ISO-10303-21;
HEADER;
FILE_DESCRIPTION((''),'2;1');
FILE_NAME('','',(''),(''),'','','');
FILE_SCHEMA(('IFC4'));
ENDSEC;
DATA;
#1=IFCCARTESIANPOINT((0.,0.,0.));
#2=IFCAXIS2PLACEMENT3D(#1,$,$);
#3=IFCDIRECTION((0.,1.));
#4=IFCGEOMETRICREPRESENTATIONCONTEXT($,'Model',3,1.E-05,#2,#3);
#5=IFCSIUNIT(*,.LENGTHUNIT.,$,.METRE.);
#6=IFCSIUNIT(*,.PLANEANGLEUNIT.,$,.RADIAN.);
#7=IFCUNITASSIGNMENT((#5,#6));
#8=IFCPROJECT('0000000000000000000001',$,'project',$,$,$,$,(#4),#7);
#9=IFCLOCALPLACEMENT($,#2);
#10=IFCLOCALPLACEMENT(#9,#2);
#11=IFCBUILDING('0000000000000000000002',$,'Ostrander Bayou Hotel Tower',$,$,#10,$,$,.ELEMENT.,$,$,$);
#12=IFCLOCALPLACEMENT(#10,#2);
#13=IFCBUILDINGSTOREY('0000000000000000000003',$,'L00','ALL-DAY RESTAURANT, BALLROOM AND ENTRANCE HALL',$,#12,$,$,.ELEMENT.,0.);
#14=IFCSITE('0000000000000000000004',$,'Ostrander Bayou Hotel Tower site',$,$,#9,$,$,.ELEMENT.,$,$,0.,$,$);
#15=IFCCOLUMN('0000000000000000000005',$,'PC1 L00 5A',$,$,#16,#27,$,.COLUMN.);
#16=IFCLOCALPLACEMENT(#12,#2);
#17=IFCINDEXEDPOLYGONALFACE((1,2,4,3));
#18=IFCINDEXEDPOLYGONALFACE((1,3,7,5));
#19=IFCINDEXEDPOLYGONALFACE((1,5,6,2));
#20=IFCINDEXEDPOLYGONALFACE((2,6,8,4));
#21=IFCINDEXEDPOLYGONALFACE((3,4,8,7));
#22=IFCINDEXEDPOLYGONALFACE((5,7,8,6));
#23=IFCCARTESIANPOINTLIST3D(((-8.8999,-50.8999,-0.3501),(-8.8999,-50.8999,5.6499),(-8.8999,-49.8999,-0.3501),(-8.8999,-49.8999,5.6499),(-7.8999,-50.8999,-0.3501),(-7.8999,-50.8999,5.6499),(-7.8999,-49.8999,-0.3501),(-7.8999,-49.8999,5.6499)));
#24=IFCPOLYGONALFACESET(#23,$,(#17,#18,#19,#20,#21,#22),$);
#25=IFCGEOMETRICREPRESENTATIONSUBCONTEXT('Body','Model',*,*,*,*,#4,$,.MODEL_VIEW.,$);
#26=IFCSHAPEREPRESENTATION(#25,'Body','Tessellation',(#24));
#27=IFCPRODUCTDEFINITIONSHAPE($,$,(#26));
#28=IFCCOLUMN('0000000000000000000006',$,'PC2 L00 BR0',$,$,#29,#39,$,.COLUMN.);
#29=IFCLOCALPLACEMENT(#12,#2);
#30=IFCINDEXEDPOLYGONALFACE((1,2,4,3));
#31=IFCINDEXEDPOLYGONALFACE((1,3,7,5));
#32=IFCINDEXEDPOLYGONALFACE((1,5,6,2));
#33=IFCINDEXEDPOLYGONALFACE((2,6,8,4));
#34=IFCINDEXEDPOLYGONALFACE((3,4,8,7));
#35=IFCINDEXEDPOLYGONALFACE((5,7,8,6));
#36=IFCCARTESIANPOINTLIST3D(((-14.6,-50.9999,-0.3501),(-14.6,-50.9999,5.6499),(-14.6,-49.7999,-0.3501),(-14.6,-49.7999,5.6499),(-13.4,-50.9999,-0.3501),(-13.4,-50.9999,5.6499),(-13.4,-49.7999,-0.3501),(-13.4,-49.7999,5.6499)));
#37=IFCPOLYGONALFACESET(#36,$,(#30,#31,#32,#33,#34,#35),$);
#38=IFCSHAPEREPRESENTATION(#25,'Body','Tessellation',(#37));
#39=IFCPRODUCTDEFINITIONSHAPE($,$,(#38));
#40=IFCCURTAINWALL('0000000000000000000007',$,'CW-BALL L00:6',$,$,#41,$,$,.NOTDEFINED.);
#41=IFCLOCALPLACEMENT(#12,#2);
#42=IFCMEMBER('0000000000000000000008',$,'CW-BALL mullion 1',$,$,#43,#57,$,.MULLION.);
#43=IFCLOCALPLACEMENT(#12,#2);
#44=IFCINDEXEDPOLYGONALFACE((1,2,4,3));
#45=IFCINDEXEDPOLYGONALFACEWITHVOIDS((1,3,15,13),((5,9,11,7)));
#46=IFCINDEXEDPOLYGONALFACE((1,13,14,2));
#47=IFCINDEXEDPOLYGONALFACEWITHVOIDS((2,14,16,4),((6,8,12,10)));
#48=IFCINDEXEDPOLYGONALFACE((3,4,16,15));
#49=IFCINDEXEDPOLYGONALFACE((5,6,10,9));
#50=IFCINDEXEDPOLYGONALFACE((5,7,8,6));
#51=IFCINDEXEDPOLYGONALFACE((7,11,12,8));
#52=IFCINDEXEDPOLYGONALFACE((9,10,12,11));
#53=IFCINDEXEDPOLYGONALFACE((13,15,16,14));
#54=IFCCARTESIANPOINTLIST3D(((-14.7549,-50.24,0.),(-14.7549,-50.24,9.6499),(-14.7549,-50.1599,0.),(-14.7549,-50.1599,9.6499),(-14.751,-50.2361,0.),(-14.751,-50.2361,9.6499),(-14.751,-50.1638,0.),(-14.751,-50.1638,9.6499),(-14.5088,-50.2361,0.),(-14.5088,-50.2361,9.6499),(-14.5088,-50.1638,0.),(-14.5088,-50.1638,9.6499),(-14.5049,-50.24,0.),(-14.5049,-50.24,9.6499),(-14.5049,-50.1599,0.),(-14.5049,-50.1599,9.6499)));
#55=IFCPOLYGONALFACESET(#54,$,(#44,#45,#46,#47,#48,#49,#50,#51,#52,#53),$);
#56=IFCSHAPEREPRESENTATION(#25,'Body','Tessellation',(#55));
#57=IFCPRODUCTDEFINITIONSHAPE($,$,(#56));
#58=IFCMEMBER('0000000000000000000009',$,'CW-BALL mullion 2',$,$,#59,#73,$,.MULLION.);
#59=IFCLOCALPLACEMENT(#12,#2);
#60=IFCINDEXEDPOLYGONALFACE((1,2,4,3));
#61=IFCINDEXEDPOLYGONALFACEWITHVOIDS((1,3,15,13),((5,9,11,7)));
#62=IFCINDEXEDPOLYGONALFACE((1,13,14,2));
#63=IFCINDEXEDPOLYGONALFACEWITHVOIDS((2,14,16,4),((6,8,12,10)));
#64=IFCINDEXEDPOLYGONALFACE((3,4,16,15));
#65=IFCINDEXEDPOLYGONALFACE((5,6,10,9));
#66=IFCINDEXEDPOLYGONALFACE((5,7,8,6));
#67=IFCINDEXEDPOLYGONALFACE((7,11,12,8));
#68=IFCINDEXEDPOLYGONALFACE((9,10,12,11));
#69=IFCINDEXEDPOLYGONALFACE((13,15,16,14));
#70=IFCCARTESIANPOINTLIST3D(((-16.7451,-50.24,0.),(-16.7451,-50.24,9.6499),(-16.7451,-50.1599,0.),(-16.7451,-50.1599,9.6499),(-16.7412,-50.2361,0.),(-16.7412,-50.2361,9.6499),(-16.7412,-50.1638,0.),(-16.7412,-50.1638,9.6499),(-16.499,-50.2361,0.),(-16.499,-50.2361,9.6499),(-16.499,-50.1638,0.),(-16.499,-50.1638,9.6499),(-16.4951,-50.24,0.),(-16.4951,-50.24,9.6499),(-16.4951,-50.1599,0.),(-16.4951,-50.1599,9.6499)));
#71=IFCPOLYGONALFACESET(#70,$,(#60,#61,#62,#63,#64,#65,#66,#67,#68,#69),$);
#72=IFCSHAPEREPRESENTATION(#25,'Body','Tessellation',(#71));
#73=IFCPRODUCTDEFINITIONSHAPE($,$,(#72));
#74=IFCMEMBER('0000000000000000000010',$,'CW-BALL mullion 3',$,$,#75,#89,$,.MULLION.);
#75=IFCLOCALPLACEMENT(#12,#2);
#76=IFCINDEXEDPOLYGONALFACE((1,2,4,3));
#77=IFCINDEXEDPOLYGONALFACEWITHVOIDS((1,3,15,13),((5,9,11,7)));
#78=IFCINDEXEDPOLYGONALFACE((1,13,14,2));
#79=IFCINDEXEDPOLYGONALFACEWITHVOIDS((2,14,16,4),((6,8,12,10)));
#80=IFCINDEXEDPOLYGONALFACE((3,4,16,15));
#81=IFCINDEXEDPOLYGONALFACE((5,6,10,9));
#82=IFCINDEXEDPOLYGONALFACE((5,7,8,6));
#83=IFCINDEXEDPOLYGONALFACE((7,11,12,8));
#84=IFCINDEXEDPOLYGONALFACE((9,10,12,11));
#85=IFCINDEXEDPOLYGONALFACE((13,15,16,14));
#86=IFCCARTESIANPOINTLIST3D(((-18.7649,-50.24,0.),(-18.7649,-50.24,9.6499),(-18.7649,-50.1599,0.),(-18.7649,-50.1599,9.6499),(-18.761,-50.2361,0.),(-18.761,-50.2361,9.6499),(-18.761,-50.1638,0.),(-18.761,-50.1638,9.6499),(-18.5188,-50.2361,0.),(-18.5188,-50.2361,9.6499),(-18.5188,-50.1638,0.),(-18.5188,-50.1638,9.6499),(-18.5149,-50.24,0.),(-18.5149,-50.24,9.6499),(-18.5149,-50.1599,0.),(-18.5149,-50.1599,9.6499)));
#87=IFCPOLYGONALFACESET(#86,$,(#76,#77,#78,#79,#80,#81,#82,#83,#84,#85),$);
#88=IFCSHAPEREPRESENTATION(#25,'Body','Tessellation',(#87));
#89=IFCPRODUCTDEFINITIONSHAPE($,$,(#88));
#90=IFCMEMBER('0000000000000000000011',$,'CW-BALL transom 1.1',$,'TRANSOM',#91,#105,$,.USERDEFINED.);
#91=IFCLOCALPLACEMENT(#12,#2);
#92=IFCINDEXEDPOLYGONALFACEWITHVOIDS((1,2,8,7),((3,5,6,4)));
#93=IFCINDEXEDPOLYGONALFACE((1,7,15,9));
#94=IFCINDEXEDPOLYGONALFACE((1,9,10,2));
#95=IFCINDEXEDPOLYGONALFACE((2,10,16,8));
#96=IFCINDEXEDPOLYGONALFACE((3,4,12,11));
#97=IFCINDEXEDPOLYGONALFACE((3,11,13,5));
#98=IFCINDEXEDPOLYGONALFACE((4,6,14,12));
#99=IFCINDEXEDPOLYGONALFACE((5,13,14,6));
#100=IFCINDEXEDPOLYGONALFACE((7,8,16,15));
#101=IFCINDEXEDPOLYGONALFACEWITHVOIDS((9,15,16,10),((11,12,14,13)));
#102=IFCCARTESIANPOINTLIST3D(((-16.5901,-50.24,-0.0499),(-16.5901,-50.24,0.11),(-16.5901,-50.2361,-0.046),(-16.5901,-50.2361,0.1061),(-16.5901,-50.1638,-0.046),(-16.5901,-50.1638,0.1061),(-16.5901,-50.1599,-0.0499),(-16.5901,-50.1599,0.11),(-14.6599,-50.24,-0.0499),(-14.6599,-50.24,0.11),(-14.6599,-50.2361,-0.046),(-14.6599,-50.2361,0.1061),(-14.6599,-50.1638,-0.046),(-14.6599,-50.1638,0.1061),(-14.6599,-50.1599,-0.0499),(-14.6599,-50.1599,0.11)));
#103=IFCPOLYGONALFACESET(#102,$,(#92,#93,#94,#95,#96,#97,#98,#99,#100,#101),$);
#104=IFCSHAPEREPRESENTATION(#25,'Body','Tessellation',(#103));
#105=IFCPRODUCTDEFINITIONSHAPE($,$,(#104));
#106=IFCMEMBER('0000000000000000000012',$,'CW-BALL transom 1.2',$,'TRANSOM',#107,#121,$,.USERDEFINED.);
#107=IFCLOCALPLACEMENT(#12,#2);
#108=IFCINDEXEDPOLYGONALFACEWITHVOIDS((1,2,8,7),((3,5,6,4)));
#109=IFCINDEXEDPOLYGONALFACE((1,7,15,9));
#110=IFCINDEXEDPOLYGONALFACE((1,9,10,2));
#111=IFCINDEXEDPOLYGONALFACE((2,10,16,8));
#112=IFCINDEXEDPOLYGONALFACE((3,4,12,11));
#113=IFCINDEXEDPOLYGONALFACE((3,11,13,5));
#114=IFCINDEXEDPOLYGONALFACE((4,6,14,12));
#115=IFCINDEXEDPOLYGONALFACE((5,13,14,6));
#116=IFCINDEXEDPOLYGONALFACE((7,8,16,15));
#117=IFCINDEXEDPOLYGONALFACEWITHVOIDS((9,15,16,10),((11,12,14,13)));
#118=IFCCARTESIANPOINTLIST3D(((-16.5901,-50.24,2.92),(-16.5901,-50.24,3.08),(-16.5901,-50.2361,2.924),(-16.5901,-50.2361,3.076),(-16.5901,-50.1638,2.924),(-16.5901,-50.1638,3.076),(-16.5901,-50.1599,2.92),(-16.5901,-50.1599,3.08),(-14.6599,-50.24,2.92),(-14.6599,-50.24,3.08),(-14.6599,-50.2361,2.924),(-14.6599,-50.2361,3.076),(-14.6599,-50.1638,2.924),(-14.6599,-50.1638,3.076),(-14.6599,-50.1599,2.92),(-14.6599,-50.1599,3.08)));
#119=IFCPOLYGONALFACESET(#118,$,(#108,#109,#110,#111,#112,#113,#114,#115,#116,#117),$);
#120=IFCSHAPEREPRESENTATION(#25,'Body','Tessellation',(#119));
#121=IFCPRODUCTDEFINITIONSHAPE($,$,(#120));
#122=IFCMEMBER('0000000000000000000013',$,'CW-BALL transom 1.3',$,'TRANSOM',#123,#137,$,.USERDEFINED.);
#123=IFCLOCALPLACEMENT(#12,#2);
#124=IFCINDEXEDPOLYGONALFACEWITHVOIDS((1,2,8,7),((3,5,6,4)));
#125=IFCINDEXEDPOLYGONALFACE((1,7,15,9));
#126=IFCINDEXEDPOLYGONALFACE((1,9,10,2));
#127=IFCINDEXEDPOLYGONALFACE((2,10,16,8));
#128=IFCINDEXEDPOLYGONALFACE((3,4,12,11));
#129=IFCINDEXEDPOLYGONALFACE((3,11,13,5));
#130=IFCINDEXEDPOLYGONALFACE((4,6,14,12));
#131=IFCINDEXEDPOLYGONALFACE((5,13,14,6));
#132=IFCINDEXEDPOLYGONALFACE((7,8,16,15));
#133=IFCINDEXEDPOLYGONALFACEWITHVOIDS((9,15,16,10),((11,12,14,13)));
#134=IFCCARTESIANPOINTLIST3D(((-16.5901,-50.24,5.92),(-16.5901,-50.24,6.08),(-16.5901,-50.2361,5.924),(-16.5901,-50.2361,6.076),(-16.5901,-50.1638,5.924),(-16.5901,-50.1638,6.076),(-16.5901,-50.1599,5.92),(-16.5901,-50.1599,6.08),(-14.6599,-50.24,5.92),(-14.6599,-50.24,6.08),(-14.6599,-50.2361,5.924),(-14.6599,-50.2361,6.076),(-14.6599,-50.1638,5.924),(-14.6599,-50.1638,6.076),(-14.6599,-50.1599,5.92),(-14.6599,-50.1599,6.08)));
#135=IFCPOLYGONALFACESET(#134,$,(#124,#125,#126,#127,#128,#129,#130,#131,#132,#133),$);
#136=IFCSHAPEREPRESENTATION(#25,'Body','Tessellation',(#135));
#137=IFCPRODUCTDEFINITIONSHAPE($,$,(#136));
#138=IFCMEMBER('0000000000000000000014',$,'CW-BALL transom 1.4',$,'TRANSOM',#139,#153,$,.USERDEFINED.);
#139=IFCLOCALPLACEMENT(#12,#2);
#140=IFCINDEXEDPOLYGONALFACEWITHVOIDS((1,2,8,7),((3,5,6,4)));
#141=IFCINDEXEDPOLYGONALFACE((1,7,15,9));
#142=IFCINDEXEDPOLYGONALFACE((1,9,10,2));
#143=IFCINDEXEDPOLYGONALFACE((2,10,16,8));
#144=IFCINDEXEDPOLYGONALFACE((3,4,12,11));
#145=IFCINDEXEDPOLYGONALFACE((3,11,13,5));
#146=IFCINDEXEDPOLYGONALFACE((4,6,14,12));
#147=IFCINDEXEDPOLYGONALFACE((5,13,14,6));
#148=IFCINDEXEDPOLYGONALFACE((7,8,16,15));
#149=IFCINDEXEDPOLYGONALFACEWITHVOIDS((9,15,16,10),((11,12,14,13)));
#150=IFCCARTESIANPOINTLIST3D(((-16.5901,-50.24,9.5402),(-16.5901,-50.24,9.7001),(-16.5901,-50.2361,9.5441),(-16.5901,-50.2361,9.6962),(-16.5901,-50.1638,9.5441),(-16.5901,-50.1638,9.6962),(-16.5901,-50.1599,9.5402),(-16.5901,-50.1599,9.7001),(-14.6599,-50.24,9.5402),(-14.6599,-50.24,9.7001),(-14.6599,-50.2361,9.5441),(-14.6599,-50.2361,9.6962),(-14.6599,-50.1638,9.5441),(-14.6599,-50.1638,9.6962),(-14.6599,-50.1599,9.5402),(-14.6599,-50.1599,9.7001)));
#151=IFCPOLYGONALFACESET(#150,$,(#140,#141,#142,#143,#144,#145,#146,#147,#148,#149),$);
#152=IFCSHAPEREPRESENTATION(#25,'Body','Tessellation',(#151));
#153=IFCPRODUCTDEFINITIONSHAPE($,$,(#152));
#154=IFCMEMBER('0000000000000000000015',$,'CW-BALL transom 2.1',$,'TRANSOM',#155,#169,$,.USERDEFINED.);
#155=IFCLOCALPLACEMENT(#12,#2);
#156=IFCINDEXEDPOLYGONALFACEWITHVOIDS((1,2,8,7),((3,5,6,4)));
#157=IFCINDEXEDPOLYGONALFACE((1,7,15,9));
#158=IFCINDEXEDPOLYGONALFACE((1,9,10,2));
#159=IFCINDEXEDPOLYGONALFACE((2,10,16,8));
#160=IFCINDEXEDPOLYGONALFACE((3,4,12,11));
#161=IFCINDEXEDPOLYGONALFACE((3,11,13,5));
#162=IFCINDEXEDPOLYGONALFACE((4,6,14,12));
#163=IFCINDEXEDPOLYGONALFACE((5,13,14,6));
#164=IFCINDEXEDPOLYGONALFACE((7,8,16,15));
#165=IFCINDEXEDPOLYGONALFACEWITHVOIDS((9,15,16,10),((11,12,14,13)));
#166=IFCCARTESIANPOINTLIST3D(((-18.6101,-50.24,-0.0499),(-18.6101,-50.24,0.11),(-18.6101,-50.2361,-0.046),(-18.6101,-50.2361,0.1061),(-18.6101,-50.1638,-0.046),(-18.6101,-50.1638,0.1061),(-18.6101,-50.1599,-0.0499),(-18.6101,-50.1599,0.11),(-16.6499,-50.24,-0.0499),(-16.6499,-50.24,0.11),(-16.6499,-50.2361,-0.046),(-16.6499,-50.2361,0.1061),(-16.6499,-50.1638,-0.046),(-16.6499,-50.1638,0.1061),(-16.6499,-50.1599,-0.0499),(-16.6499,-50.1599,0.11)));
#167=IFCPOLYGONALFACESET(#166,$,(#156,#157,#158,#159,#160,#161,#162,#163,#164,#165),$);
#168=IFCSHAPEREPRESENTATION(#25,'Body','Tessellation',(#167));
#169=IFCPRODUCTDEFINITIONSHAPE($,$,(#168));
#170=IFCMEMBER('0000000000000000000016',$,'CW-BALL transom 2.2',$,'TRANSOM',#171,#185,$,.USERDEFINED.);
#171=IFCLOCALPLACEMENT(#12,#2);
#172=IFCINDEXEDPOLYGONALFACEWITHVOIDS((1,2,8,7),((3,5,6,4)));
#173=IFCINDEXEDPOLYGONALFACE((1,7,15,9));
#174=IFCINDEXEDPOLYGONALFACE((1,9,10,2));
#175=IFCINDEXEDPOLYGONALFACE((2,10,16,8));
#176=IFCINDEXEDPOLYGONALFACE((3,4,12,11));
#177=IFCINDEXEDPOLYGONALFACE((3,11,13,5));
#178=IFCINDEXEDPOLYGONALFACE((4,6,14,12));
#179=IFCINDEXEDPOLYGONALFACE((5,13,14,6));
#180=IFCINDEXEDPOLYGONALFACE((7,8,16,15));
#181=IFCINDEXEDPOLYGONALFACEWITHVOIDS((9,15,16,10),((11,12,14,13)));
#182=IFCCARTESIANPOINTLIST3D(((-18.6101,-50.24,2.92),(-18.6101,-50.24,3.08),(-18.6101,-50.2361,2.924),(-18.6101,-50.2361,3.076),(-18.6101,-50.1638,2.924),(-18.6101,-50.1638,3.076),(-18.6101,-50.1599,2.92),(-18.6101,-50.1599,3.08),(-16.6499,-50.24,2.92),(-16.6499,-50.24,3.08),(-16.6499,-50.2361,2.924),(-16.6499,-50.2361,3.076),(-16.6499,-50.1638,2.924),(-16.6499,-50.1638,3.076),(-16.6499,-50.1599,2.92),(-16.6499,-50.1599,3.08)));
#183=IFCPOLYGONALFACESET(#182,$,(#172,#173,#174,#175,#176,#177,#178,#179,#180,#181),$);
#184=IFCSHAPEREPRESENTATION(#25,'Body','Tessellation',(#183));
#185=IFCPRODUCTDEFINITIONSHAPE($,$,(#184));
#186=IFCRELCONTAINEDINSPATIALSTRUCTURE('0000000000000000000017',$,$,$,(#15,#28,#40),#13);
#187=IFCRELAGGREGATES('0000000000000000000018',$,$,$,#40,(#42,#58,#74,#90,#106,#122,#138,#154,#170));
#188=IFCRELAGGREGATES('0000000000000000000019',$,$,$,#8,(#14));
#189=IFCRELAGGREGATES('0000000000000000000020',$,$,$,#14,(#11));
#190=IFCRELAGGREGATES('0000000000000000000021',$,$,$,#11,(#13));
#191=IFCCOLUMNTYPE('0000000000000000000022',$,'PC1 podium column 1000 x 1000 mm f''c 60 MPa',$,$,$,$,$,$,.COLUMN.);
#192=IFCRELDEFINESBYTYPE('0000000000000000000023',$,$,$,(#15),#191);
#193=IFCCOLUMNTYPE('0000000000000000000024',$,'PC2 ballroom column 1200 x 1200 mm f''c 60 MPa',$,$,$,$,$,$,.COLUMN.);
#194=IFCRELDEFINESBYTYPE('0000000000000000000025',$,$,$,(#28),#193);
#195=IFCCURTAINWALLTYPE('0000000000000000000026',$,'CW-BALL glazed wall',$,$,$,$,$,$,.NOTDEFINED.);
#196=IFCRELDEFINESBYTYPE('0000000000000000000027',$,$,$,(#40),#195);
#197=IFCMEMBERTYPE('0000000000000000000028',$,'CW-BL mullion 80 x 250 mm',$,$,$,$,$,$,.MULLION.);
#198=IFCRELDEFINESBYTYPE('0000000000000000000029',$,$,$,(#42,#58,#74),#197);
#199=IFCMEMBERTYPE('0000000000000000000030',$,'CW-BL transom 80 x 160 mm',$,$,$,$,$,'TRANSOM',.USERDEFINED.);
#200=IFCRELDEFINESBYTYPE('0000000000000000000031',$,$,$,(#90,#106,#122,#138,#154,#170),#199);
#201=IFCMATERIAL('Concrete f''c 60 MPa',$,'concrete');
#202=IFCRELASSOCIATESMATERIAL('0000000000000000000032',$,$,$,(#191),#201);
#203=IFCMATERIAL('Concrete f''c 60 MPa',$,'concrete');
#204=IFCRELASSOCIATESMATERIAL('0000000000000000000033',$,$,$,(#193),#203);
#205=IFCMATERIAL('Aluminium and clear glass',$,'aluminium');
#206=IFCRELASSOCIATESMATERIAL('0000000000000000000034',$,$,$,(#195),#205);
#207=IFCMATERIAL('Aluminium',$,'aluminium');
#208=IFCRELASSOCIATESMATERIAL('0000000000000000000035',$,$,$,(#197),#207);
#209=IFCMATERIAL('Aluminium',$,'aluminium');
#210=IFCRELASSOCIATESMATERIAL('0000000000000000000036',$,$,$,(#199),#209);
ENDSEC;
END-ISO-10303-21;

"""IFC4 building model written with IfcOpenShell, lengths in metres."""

from ifc_helpers import new_model, si_unit, direction, frame, origin, origin_2d, place, context, subcontext, project, spatial, rectangle, hollow_rectangle, extrude, material, material_profile, profile_set, type_object, element, aggregate, save


model = new_model("IFC4")

# Units and contexts
model_context = context("Model", 3, precision=1e-05, world=origin(), true_north=direction((0.0, 1.0)))
body_context = subcontext(model_context, "Body", "Model", "MODEL_VIEW")
ifc_project = project(units=[si_unit("LENGTHUNIT", "METRE"), si_unit("PLANEANGLEUNIT", "RADIAN")], contexts=[model_context])

# Site, building, storey
site_placement = place(None, origin())
site = spatial("IfcSite", under=ifc_project, at=site_placement, Name="Ostrander Bayou Hotel Tower site", CompositionType="ELEMENT", RefElevation=0.0)
building_placement = place(site_placement, origin())
building = spatial("IfcBuilding", under=site, at=building_placement, Name="Ostrander Bayou Hotel Tower", CompositionType="ELEMENT")
storey_placement = place(building_placement, origin())
storey = spatial("IfcBuildingStorey", under=building, at=storey_placement, Name="L00", Description="ALL-DAY RESTAURANT, BALLROOM AND ENTRANCE HALL", CompositionType="ELEMENT", Elevation=0.0)

# Columns
ifc_material_1 = material(Name="Concrete f'c 60 MPa", Category="concrete")
ifc_material_profile_1 = material_profile(ifc_material_1, rectangle(XDim=1.0, YDim=1.0, at=origin_2d()))
ifc_profile_set_1 = profile_set([ifc_material_profile_1], Name="Concrete f'c 60 MPa")
column_type_1 = type_object("IfcColumnType", Name="PC1 podium column 1000 x 1000 mm f'c 60 MPa", PredefinedType="COLUMN", material=ifc_profile_set_1)
column_1_placement = place(storey_placement, frame((-8.3999, -50.3999, -0.3501), z_axis=(0.0, 0.0, 1.0), x_axis=(1.0, 0.0, 0.0)))
element("IfcColumn", 1, at=column_1_placement, inside=storey, type_object=column_type_1, Name="PC1 L00 5A", PredefinedType="COLUMN", context=body_context, shape_type="SweptSolid", body=[
    extrude(rectangle(XDim=1.0, YDim=1.0, at=origin_2d()), origin(), (0.0, 0.0, 1.0), 6.0),
])
ifc_material_2 = material(Name="Concrete f'c 60 MPa", Category="concrete")
ifc_material_profile_2 = material_profile(ifc_material_2, rectangle(XDim=1.2, YDim=1.2, at=origin_2d()))
ifc_profile_set_2 = profile_set([ifc_material_profile_2], Name="Concrete f'c 60 MPa")
column_type_2 = type_object("IfcColumnType", Name="PC2 ballroom column 1200 x 1200 mm f'c 60 MPa", PredefinedType="COLUMN", material=ifc_profile_set_2)
column_2_placement = place(storey_placement, frame((-14.0, -50.3999, -0.3501), z_axis=(0.0, 0.0, 1.0), x_axis=(1.0, 0.0, 0.0)))
element("IfcColumn", 2, at=column_2_placement, inside=storey, type_object=column_type_2, Name="PC2 L00 BR0", PredefinedType="COLUMN", context=body_context, shape_type="SweptSolid", body=[
    extrude(rectangle(XDim=1.2, YDim=1.2, at=origin_2d()), origin(), (0.0, 0.0, 1.0), 6.0),
])

# Curtain wall, members
ifc_material_3 = material(Name="Aluminium and clear glass", Category="aluminium")
curtain_wall_type_1 = type_object("IfcCurtainWallType", Name="CW-BALL glazed wall", PredefinedType="NOTDEFINED", material=ifc_material_3)
curtain_wall_1_placement = place(storey_placement, origin())
curtain_wall_1 = element("IfcCurtainWall", 3, at=curtain_wall_1_placement, inside=storey, type_object=curtain_wall_type_1, Name="CW-BALL L00:6", PredefinedType="NOTDEFINED")
ifc_material_4 = material(Name="Aluminium", Category="aluminium")
ifc_material_profile_3 = material_profile(ifc_material_4, hollow_rectangle(XDim=0.0801, YDim=0.25, WallThickness=0.0039, at=origin_2d()))
ifc_profile_set_3 = profile_set([ifc_material_profile_3], Name="Aluminium")
member_type_1 = type_object("IfcMemberType", Name="CW-BL mullion 80 x 250 mm", PredefinedType="MULLION", material=ifc_profile_set_3)
member_1_placement = place(storey_placement, frame((-14.6299, -50.2, 0.0), z_axis=(0.0, 0.0, 1.0), x_axis=(0.0, -1.0, 0.0)))
member_1 = element("IfcMember", 4, at=member_1_placement, type_object=member_type_1, Name="CW-BALL mullion 1", PredefinedType="MULLION", context=body_context, shape_type="SweptSolid", body=[
    extrude(hollow_rectangle(XDim=0.0801, YDim=0.25, WallThickness=0.0039, at=origin_2d()), origin(), (0.0, 0.0, 1.0), 9.6499),
])
member_2_placement = place(storey_placement, frame((-16.6201, -50.2, 0.0), z_axis=(0.0, 0.0, 1.0), x_axis=(0.0, -1.0, 0.0)))
member_2 = element("IfcMember", 5, at=member_2_placement, type_object=member_type_1, Name="CW-BALL mullion 2", PredefinedType="MULLION", context=body_context, shape_type="SweptSolid", body=[
    extrude(hollow_rectangle(XDim=0.0801, YDim=0.25, WallThickness=0.0039, at=origin_2d()), origin(), (0.0, 0.0, 1.0), 9.6499),
])
member_3_placement = place(storey_placement, frame((-18.6399, -50.2, 0.0), z_axis=(0.0, 0.0, 1.0), x_axis=(0.0, -1.0, 0.0)))
member_3 = element("IfcMember", 6, at=member_3_placement, type_object=member_type_1, Name="CW-BALL mullion 3", PredefinedType="MULLION", context=body_context, shape_type="SweptSolid", body=[
    extrude(hollow_rectangle(XDim=0.0801, YDim=0.25, WallThickness=0.0039, at=origin_2d()), origin(), (0.0, 0.0, 1.0), 9.6499),
])
ifc_material_5 = material(Name="Aluminium", Category="aluminium")
ifc_material_profile_4 = material_profile(ifc_material_5, hollow_rectangle(XDim=0.0801, YDim=0.1599, WallThickness=0.0039, at=origin_2d()))
ifc_profile_set_4 = profile_set([ifc_material_profile_4], Name="Aluminium")
member_type_2 = type_object("IfcMemberType", Name="CW-BL transom 80 x 160 mm", ElementType="TRANSOM", PredefinedType="USERDEFINED", material=ifc_profile_set_4)
member_4_placement = place(storey_placement, frame((-14.6599, -50.2, 0.03), z_axis=(-1.0, 0.0, 0.0), x_axis=(0.0, -1.0, 0.0)))
member_4 = element("IfcMember", 7, at=member_4_placement, type_object=member_type_2, Name="CW-BALL transom 1.1", ObjectType="TRANSOM", PredefinedType="USERDEFINED", context=body_context, shape_type="SweptSolid", body=[
    extrude(hollow_rectangle(XDim=0.0801, YDim=0.1599, WallThickness=0.0039, at=origin_2d()), origin(), (0.0, 0.0, 1.0), 1.9302),
])
member_5_placement = place(storey_placement, frame((-14.6599, -50.2, 3.0), z_axis=(-1.0, 0.0, 0.0), x_axis=(0.0, -1.0, 0.0)))
member_5 = element("IfcMember", 8, at=member_5_placement, type_object=member_type_2, Name="CW-BALL transom 1.2", ObjectType="TRANSOM", PredefinedType="USERDEFINED", context=body_context, shape_type="SweptSolid", body=[
    extrude(hollow_rectangle(XDim=0.0801, YDim=0.1599, WallThickness=0.0039, at=origin_2d()), origin(), (0.0, 0.0, 1.0), 1.9302),
])
member_6_placement = place(storey_placement, frame((-14.6599, -50.2, 6.0), z_axis=(-1.0, 0.0, 0.0), x_axis=(0.0, -1.0, 0.0)))
member_6 = element("IfcMember", 9, at=member_6_placement, type_object=member_type_2, Name="CW-BALL transom 1.3", ObjectType="TRANSOM", PredefinedType="USERDEFINED", context=body_context, shape_type="SweptSolid", body=[
    extrude(hollow_rectangle(XDim=0.0801, YDim=0.1599, WallThickness=0.0039, at=origin_2d()), origin(), (0.0, 0.0, 1.0), 1.9302),
])
member_7_placement = place(storey_placement, frame((-14.6599, -50.2, 9.6201), z_axis=(-1.0, 0.0, 0.0), x_axis=(0.0, -1.0, 0.0)))
member_7 = element("IfcMember", 10, at=member_7_placement, type_object=member_type_2, Name="CW-BALL transom 1.4", ObjectType="TRANSOM", PredefinedType="USERDEFINED", context=body_context, shape_type="SweptSolid", body=[
    extrude(hollow_rectangle(XDim=0.0801, YDim=0.1599, WallThickness=0.0039, at=origin_2d()), origin(), (0.0, 0.0, 1.0), 1.9302),
])
member_8_placement = place(storey_placement, frame((-16.6499, -50.2, 0.03), z_axis=(-1.0, 0.0, 0.0), x_axis=(0.0, -1.0, 0.0)))
member_8 = element("IfcMember", 11, at=member_8_placement, type_object=member_type_2, Name="CW-BALL transom 2.1", ObjectType="TRANSOM", PredefinedType="USERDEFINED", context=body_context, shape_type="SweptSolid", body=[
    extrude(hollow_rectangle(XDim=0.0801, YDim=0.1599, WallThickness=0.0039, at=origin_2d()), origin(), (0.0, 0.0, 1.0), 1.9602),
])
member_9_placement = place(storey_placement, frame((-16.6499, -50.2, 3.0), z_axis=(-1.0, 0.0, 0.0), x_axis=(0.0, -1.0, 0.0)))
member_9 = element("IfcMember", 12, at=member_9_placement, type_object=member_type_2, Name="CW-BALL transom 2.2", ObjectType="TRANSOM", PredefinedType="USERDEFINED", context=body_context, shape_type="SweptSolid", body=[
    extrude(hollow_rectangle(XDim=0.0801, YDim=0.1599, WallThickness=0.0039, at=origin_2d()), origin(), (0.0, 0.0, 1.0), 1.9602),
])

aggregate(curtain_wall_1, [member_1, member_2, member_3, member_4, member_5, member_6, member_7, member_8, member_9])

save(model, "model.ifc")
